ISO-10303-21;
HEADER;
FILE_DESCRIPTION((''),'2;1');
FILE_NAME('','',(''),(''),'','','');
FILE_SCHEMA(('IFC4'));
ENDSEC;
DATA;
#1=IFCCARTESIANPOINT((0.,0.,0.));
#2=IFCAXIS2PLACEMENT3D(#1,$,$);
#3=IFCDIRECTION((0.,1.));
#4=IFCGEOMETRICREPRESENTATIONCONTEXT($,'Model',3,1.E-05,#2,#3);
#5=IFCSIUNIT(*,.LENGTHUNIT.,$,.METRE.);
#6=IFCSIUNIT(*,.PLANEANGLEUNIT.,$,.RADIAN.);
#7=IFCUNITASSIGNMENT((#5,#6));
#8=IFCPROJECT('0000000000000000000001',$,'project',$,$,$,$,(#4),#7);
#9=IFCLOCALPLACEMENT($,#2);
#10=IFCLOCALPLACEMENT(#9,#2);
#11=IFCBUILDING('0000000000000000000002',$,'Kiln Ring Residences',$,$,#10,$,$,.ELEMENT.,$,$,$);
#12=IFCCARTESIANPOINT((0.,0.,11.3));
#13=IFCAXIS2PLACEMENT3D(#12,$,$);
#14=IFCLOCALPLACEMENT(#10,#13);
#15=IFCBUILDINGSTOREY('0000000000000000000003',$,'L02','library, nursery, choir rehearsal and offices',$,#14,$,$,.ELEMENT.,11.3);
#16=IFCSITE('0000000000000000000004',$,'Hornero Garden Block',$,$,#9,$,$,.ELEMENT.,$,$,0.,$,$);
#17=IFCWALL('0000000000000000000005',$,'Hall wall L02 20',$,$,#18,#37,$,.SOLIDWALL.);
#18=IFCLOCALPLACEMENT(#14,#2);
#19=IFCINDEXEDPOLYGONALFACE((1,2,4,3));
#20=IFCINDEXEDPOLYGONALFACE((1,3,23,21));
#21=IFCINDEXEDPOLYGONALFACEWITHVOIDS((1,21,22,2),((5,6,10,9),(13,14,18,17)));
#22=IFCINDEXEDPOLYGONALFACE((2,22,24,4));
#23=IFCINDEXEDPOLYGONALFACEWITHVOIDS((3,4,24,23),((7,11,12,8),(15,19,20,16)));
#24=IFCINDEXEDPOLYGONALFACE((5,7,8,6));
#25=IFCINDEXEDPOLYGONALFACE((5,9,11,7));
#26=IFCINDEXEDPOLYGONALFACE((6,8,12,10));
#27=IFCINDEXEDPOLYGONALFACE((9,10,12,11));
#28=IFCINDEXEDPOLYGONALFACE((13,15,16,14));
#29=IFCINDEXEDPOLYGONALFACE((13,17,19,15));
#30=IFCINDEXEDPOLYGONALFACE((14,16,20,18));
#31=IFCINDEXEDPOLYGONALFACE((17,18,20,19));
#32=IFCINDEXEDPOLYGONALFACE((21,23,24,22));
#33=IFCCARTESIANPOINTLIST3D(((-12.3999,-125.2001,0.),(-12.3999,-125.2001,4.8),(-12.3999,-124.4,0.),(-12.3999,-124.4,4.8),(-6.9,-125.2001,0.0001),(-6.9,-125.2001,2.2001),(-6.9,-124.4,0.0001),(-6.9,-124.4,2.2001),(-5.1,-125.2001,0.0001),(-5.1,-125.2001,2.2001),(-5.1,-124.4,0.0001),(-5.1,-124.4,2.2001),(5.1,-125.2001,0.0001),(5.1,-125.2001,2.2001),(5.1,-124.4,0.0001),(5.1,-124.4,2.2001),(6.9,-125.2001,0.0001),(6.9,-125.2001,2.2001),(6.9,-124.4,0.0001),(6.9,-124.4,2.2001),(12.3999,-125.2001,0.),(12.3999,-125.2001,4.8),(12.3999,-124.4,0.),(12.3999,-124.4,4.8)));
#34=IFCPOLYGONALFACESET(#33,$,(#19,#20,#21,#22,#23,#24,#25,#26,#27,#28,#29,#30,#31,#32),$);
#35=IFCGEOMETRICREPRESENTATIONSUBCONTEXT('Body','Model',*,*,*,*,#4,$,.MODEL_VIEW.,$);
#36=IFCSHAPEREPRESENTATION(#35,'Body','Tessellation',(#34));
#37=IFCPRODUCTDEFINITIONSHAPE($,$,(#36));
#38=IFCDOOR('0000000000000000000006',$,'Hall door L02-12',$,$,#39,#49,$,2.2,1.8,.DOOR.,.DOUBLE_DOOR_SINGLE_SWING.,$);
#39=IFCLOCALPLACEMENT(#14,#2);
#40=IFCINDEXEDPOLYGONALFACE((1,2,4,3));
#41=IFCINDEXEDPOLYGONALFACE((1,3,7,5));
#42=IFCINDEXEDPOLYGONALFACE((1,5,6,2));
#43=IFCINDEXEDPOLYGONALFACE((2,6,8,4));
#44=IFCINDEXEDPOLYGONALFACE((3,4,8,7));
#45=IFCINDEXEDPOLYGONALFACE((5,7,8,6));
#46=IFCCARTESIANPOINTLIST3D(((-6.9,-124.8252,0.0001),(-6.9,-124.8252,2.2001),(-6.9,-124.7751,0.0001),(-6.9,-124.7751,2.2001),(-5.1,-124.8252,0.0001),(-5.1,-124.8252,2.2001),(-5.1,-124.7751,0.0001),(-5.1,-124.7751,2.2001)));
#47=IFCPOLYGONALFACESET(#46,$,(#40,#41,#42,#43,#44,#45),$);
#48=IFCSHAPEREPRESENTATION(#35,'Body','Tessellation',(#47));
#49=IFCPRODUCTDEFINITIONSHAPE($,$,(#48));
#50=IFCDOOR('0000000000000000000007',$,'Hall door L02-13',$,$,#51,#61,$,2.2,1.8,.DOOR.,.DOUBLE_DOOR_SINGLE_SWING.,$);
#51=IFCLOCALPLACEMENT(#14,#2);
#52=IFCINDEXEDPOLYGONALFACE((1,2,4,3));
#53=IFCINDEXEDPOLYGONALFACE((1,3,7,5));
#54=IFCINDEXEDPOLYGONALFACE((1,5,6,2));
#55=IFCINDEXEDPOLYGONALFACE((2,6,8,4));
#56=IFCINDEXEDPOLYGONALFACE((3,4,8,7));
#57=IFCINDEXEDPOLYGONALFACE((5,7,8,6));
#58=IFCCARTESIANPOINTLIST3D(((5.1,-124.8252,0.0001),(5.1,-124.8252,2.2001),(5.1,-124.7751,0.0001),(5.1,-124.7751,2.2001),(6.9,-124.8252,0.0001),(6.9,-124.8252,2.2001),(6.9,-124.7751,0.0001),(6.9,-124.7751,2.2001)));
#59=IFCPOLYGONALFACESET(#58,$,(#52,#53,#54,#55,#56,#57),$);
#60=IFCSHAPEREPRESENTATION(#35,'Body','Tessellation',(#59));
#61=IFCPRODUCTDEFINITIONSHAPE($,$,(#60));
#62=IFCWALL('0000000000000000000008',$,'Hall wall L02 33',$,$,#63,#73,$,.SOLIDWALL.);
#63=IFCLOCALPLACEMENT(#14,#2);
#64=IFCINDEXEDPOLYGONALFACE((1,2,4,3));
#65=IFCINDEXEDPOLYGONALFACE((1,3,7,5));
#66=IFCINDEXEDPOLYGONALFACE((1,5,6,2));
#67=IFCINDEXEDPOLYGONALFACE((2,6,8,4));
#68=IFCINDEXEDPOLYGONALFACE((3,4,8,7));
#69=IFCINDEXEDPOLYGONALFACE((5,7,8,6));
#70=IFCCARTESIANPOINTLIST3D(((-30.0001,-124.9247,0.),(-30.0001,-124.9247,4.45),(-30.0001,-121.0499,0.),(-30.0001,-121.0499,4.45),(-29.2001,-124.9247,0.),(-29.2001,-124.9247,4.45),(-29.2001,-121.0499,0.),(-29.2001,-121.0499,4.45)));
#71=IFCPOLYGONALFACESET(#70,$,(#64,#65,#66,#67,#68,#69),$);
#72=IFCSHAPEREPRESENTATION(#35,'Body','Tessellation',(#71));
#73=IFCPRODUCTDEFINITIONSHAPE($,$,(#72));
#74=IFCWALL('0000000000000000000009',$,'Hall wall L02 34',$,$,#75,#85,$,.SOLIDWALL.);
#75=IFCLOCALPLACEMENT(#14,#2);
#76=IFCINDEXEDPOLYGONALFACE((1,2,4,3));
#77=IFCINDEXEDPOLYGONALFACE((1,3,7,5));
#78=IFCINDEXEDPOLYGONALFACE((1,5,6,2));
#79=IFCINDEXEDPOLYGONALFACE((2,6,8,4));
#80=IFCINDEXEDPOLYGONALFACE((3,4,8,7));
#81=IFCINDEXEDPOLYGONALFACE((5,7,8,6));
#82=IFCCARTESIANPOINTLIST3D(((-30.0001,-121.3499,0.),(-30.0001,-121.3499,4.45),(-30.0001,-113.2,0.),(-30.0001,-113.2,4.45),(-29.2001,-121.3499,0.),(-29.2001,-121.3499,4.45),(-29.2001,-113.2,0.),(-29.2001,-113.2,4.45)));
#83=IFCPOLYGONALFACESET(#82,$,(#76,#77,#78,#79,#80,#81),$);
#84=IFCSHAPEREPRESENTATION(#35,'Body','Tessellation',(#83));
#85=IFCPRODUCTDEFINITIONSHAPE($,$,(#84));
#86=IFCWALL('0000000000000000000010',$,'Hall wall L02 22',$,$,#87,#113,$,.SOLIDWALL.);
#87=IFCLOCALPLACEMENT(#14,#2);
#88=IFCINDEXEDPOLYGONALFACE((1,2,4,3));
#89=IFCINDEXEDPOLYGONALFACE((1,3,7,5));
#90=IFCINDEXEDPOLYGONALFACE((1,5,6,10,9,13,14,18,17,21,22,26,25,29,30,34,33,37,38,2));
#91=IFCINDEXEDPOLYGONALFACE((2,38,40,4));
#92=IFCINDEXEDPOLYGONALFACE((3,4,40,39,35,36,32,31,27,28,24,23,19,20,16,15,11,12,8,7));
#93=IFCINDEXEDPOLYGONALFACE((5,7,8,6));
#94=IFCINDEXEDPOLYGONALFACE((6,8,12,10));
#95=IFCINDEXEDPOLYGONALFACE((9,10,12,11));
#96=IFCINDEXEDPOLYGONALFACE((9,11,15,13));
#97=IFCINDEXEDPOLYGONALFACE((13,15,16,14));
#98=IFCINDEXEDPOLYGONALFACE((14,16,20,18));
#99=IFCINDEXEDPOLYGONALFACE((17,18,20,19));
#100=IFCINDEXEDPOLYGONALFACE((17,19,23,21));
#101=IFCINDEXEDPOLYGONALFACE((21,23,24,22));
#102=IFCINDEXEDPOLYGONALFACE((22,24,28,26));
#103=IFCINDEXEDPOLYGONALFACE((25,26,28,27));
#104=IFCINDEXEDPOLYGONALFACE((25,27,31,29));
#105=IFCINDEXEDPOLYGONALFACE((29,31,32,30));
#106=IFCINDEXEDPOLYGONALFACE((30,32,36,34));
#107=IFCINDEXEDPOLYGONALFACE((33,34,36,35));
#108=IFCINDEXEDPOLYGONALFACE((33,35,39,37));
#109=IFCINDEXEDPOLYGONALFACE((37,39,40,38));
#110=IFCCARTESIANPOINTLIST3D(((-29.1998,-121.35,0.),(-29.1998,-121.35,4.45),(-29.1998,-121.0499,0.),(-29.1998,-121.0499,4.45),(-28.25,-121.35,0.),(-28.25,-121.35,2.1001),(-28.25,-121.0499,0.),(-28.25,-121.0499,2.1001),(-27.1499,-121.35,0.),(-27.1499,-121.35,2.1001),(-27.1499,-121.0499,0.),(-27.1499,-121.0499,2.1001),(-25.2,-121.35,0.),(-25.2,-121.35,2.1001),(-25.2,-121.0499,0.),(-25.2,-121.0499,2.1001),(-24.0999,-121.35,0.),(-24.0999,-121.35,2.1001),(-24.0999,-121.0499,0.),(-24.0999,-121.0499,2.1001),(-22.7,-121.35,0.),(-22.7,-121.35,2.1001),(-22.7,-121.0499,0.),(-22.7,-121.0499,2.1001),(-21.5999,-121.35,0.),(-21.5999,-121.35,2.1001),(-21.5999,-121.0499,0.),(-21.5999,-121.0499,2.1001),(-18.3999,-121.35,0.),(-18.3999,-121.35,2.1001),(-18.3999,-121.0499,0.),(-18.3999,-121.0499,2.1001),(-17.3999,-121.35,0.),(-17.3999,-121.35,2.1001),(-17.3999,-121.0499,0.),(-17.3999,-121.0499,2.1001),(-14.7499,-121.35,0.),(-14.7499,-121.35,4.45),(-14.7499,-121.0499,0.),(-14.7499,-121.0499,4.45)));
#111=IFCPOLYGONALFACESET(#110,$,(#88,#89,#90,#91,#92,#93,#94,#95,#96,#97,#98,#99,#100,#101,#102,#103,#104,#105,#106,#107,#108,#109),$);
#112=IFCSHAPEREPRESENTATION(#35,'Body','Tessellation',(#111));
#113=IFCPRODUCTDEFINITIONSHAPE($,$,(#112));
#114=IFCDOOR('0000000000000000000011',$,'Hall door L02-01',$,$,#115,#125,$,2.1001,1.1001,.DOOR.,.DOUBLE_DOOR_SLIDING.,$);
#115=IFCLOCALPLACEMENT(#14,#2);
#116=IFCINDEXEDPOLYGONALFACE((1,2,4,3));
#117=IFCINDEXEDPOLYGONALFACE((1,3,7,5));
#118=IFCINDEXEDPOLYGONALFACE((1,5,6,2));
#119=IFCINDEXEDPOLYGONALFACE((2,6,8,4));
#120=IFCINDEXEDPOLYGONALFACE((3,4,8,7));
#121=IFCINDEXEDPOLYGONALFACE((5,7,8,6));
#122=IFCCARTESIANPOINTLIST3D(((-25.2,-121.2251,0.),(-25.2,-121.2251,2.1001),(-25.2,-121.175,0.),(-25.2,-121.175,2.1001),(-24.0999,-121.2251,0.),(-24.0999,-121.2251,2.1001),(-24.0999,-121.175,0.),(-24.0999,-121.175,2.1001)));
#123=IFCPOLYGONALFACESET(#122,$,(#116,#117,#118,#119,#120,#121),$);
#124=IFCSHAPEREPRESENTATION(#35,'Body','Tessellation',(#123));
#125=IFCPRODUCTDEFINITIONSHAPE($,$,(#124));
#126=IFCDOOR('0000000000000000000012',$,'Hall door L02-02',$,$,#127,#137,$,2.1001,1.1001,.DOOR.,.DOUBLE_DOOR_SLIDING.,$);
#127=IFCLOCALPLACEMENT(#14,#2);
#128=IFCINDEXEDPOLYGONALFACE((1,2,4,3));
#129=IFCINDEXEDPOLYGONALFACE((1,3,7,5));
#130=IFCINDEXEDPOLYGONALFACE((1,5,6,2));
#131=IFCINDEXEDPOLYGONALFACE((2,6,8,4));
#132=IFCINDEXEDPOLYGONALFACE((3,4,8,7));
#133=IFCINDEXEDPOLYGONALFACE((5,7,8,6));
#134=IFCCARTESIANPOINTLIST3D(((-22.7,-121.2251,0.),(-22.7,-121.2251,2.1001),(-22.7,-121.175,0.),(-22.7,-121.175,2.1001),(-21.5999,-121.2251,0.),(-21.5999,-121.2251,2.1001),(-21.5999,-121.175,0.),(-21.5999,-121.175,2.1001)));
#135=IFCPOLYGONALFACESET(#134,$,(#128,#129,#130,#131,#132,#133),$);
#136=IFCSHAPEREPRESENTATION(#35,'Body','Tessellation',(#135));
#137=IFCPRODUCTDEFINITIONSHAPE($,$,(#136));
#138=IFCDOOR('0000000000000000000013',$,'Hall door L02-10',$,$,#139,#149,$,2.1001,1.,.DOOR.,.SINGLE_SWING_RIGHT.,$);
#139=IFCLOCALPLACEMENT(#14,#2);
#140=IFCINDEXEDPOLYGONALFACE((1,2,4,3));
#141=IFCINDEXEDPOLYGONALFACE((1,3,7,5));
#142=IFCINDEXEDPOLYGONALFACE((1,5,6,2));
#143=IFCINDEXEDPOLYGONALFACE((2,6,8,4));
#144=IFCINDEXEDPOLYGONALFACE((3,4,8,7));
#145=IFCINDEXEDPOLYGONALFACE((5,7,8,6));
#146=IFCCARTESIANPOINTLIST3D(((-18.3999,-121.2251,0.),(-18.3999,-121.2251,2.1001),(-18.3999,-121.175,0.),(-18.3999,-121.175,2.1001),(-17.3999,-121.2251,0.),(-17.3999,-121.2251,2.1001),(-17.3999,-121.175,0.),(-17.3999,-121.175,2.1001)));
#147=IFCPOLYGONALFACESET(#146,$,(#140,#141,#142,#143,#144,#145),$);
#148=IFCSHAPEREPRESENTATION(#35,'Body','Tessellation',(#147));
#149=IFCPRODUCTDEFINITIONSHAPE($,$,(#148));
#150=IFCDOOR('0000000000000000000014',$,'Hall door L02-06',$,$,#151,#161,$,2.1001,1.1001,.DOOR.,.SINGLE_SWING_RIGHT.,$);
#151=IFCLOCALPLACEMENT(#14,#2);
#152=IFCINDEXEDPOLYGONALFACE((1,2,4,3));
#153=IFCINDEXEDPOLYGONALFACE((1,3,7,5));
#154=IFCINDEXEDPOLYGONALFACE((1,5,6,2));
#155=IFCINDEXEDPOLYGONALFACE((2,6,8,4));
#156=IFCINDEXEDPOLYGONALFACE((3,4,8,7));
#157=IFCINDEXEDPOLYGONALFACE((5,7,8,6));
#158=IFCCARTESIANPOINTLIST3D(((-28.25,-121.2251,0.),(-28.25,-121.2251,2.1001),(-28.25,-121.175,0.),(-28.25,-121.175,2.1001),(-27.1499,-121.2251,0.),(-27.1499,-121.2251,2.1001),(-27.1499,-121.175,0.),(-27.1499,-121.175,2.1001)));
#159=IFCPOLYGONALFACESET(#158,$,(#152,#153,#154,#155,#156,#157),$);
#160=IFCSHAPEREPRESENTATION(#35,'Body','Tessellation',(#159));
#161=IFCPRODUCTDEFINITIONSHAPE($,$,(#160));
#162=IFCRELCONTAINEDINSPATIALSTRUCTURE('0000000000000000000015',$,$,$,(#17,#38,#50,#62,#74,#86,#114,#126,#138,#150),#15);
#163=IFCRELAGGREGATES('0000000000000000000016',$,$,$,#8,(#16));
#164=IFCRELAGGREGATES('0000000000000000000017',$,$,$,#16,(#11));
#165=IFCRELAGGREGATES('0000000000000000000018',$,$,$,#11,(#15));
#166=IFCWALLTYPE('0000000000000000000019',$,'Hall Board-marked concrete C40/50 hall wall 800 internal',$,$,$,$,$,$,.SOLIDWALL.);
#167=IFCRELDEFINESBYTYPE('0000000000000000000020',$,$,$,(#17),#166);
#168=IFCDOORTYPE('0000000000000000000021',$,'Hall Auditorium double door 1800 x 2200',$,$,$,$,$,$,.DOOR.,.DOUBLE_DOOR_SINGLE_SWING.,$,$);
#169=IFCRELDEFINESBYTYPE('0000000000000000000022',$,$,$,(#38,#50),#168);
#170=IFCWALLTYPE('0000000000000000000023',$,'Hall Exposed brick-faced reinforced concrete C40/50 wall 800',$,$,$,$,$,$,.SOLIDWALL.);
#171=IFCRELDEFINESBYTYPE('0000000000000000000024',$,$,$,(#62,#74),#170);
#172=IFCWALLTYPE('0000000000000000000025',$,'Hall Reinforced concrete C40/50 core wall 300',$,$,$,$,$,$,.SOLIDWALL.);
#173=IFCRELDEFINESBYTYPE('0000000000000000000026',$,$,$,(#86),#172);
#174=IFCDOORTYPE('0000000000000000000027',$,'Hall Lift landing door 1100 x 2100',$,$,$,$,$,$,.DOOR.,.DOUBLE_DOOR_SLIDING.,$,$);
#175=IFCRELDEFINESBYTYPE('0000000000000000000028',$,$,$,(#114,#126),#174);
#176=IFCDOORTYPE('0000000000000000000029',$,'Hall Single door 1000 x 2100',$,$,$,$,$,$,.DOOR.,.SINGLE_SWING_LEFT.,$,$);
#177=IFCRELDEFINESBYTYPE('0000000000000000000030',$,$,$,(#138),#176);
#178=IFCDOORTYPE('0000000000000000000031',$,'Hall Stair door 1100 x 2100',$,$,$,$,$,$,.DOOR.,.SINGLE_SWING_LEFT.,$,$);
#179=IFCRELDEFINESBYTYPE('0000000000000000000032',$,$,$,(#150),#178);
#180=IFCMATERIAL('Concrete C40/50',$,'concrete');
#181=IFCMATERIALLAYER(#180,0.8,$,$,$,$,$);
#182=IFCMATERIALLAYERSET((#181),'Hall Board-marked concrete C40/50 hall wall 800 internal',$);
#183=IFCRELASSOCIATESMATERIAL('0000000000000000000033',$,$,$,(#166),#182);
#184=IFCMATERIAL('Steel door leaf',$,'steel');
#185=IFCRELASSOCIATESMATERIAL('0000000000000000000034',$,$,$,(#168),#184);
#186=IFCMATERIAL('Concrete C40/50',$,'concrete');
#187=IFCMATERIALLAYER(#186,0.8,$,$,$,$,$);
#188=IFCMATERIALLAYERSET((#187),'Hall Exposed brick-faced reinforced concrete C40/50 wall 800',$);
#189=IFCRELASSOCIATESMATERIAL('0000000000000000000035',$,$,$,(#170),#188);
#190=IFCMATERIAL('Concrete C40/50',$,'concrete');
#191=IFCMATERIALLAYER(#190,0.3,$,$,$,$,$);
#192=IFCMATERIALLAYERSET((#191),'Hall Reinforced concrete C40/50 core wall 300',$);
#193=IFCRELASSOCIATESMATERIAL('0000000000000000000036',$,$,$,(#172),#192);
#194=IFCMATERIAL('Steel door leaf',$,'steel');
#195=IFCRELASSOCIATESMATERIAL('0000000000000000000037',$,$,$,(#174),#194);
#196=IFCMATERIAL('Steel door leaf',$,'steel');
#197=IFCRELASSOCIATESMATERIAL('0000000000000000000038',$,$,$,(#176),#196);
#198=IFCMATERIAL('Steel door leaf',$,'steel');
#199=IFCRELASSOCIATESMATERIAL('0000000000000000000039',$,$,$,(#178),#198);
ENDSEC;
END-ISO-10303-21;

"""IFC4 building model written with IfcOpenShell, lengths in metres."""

from ifc_helpers import new_model, si_unit, direction, frame, frame_2d, origin, place, context, subcontext, project, spatial, rectangle, extrude, material, layer, layer_set, type_object, element, fill, save


model = new_model("IFC4")

# Units and contexts
model_context = context("Model", 3, precision=1e-05, world=origin(), true_north=direction((0.0, 1.0)))
body_context = subcontext(model_context, "Body", "Model", "MODEL_VIEW")
ifc_project = project(units=[si_unit("LENGTHUNIT", "METRE"), si_unit("PLANEANGLEUNIT", "RADIAN")], contexts=[model_context])

# Site, building, storey
site_placement = place(None, origin())
site = spatial("IfcSite", under=ifc_project, at=site_placement, Name="Hornero Garden Block", CompositionType="ELEMENT", RefElevation=0.0)
building_placement = place(site_placement, origin())
building = spatial("IfcBuilding", under=site, at=building_placement, Name="Kiln Ring Residences", CompositionType="ELEMENT")
storey_placement = place(building_placement, frame((0.0, 0.0, 11.3)))
storey = spatial("IfcBuildingStorey", under=building, at=storey_placement, Name="L02", Description="library, nursery, choir rehearsal and offices", CompositionType="ELEMENT", Elevation=11.3)

# Wall, openings, doors
ifc_material_1 = material(Name="Concrete C40/50", Category="concrete")
ifc_layer_1 = layer(ifc_material_1, 0.8)
ifc_layer_set_1 = layer_set([ifc_layer_1], Name="Hall Board-marked concrete C40/50 hall wall 800 internal")
wall_type_1 = type_object("IfcWallType", Name="Hall Board-marked concrete C40/50 hall wall 800 internal", PredefinedType="SOLIDWALL", material=ifc_layer_set_1)
wall_1_placement = place(storey_placement, frame((-12.3999, -124.8, 0.0), z_axis=(0.0, 0.0, 1.0), x_axis=(1.0, 0.0, 0.0)))
wall_1 = element("IfcWall", 1, at=wall_1_placement, inside=storey, type_object=wall_type_1, Name="Hall wall L02 20", PredefinedType="SOLIDWALL", context=body_context, shape_type="SweptSolid", body=[
    extrude(rectangle(XDim=24.7998, YDim=0.8, at=frame_2d((12.3999, 0.0))), origin(), (0.0, 0.0, 1.0), 4.8),
])
opening_1_placement = place(wall_1_placement, frame((5.5, 0.0, 0.0)))
opening_1 = element("IfcOpeningElement", 2, at=opening_1_placement, cuts=wall_1, PredefinedType="OPENING", context=body_context, shape_type="SweptSolid", body=[
    extrude(rectangle(XDim=1.8, YDim=2.2, at=frame_2d((0.8999, 1.1001))), frame((0.0, 0.4099, 0.0), z_axis=(0.0, -1.0, 0.0), x_axis=(1.0, 0.0, 0.0)), (0.0, 0.0, 1.0), 0.8201),
])
opening_2_placement = place(wall_1_placement, frame((17.5, 0.0, 0.0)))
opening_2 = element("IfcOpeningElement", 3, at=opening_2_placement, cuts=wall_1, PredefinedType="OPENING", context=body_context, shape_type="SweptSolid", body=[
    extrude(rectangle(XDim=1.8, YDim=2.2, at=frame_2d((0.8999, 1.1001))), frame((0.0, 0.4099, 0.0), z_axis=(0.0, -1.0, 0.0), x_axis=(1.0, 0.0, 0.0)), (0.0, 0.0, 1.0), 0.8201),
])
ifc_material_2 = material(Name="Steel door leaf", Category="steel")
door_type_1 = type_object("IfcDoorType", Name="Hall Auditorium double door 1800 x 2200", OperationType="DOUBLE_DOOR_SINGLE_SWING", PredefinedType="DOOR", material=ifc_material_2)
door_1_placement = place(opening_1_placement, origin())
door_1 = element("IfcDoor", 4, at=door_1_placement, inside=storey, type_object=door_type_1, Name="Hall door L02-12", OperationType="DOUBLE_DOOR_SINGLE_SWING", OverallHeight=2.2, OverallWidth=1.8, PredefinedType="DOOR", context=body_context, shape_type="SweptSolid", body=[
    extrude(rectangle(XDim=1.8, YDim=2.2, at=frame_2d((0.8999, 1.1001))), frame((0.0, 0.0249, 0.0), z_axis=(0.0, -1.0, 0.0), x_axis=(1.0, 0.0, 0.0)), (0.0, 0.0, 1.0), 0.05),
])
fill(opening_1, door_1)
door_2_placement = place(opening_2_placement, origin())
door_2 = element("IfcDoor", 5, at=door_2_placement, inside=storey, type_object=door_type_1, Name="Hall door L02-13", OperationType="DOUBLE_DOOR_SINGLE_SWING", OverallHeight=2.2, OverallWidth=1.8, PredefinedType="DOOR", context=body_context, shape_type="SweptSolid", body=[
    extrude(rectangle(XDim=1.8, YDim=2.2, at=frame_2d((0.8999, 1.1001))), frame((0.0, 0.0249, 0.0), z_axis=(0.0, -1.0, 0.0), x_axis=(1.0, 0.0, 0.0)), (0.0, 0.0, 1.0), 0.05),
])
fill(opening_2, door_2)

# Walls
ifc_material_3 = material(Name="Concrete C40/50", Category="concrete")
ifc_layer_2 = layer(ifc_material_3, 0.8)
ifc_layer_set_2 = layer_set([ifc_layer_2], Name="Hall Exposed brick-faced reinforced concrete C40/50 wall 800")
wall_type_2 = type_object("IfcWallType", Name="Hall Exposed brick-faced reinforced concrete C40/50 wall 800", PredefinedType="SOLIDWALL", material=ifc_layer_set_2)
wall_2_placement = place(storey_placement, frame((-29.6001, -124.9248, 0.0), z_axis=(0.0, 0.0, 1.0), x_axis=(0.0, 1.0, 0.0)))
element("IfcWall", 6, at=wall_2_placement, inside=storey, type_object=wall_type_2, Name="Hall wall L02 33", PredefinedType="SOLIDWALL", context=body_context, shape_type="SweptSolid", body=[
    extrude(rectangle(XDim=3.8748, YDim=0.8, at=frame_2d((1.9375, 0.0))), origin(), (0.0, 0.0, 1.0), 4.45),
])
wall_3_placement = place(storey_placement, frame((-29.6001, -121.3499, 0.0), z_axis=(0.0, 0.0, 1.0), x_axis=(0.0, 1.0, 0.0)))
element("IfcWall", 7, at=wall_3_placement, inside=storey, type_object=wall_type_2, Name="Hall wall L02 34", PredefinedType="SOLIDWALL", context=body_context, shape_type="SweptSolid", body=[
    extrude(rectangle(XDim=8.1499, YDim=0.8, at=frame_2d((4.075, 0.0))), origin(), (0.0, 0.0, 1.0), 4.45),
])

# Wall, openings, doors
ifc_material_4 = material(Name="Concrete C40/50", Category="concrete")
ifc_layer_3 = layer(ifc_material_4, 0.3)
ifc_layer_set_3 = layer_set([ifc_layer_3], Name="Hall Reinforced concrete C40/50 core wall 300")
wall_type_3 = type_object("IfcWallType", Name="Hall Reinforced concrete C40/50 core wall 300", PredefinedType="SOLIDWALL", material=ifc_layer_set_3)
wall_4_placement = place(storey_placement, frame((-29.2, -121.2, 0.0), z_axis=(0.0, 0.0, 1.0), x_axis=(1.0, 0.0, 0.0)))
wall_4 = element("IfcWall", 8, at=wall_4_placement, inside=storey, type_object=wall_type_3, Name="Hall wall L02 22", PredefinedType="SOLIDWALL", context=body_context, shape_type="SweptSolid", body=[
    extrude(rectangle(XDim=14.45, YDim=0.3, at=frame_2d((7.2251, 0.0))), origin(), (0.0, 0.0, 1.0), 4.45),
])
opening_3_placement = place(wall_4_placement, frame((4.0, 0.0, 0.0)))
opening_3 = element("IfcOpeningElement", 9, at=opening_3_placement, cuts=wall_4, PredefinedType="OPENING", context=body_context, shape_type="SweptSolid", body=[
    extrude(rectangle(XDim=1.1001, YDim=2.1001, at=frame_2d((0.55, 1.05))), frame((0.0, 0.1599, 0.0), z_axis=(0.0, -1.0, 0.0), x_axis=(1.0, 0.0, 0.0)), (0.0, 0.0, 1.0), 0.3201),
])
opening_4_placement = place(wall_4_placement, frame((6.5, 0.0, 0.0)))
opening_4 = element("IfcOpeningElement", 10, at=opening_4_placement, cuts=wall_4, PredefinedType="OPENING", context=body_context, shape_type="SweptSolid", body=[
    extrude(rectangle(XDim=1.1001, YDim=2.1001, at=frame_2d((0.55, 1.05))), frame((0.0, 0.1599, 0.0), z_axis=(0.0, -1.0, 0.0), x_axis=(1.0, 0.0, 0.0)), (0.0, 0.0, 1.0), 0.3201),
])
opening_5_placement = place(wall_4_placement, frame((0.95, 0.0, 0.0)))
opening_5 = element("IfcOpeningElement", 11, at=opening_5_placement, cuts=wall_4, PredefinedType="OPENING", context=body_context, shape_type="SweptSolid", body=[
    extrude(rectangle(XDim=1.1001, YDim=2.1001, at=frame_2d((0.55, 1.05))), frame((0.0, 0.1599, 0.0), z_axis=(0.0, -1.0, 0.0), x_axis=(1.0, 0.0, 0.0)), (0.0, 0.0, 1.0), 0.3201),
])
opening_6_placement = place(wall_4_placement, frame((10.8, 0.0, 0.0)))
opening_6 = element("IfcOpeningElement", 12, at=opening_6_placement, cuts=wall_4, PredefinedType="OPENING", context=body_context, shape_type="SweptSolid", body=[
    extrude(rectangle(XDim=1.0, YDim=2.1001, at=frame_2d((0.5, 1.05))), frame((0.0, 0.1599, 0.0), z_axis=(0.0, -1.0, 0.0), x_axis=(1.0, 0.0, 0.0)), (0.0, 0.0, 1.0), 0.3201),
])
ifc_material_5 = material(Name="Steel door leaf", Category="steel")
door_type_2 = type_object("IfcDoorType", Name="Hall Lift landing door 1100 x 2100", OperationType="DOUBLE_DOOR_SLIDING", PredefinedType="DOOR", material=ifc_material_5)
door_3_placement = place(opening_3_placement, origin())
door_3 = element("IfcDoor", 13, at=door_3_placement, inside=storey, type_object=door_type_2, Name="Hall door L02-01", OperationType="DOUBLE_DOOR_SLIDING", OverallHeight=2.1001, OverallWidth=1.1001, PredefinedType="DOOR", context=body_context, shape_type="SweptSolid", body=[
    extrude(rectangle(XDim=1.1001, YDim=2.1001, at=frame_2d((0.55, 1.05))), frame((0.0, 0.0249, 0.0), z_axis=(0.0, -1.0, 0.0), x_axis=(1.0, 0.0, 0.0)), (0.0, 0.0, 1.0), 0.05),
])
fill(opening_3, door_3)
door_4_placement = place(opening_4_placement, origin())
door_4 = element("IfcDoor", 14, at=door_4_placement, inside=storey, type_object=door_type_2, Name="Hall door L02-02", OperationType="DOUBLE_DOOR_SLIDING", OverallHeight=2.1001, OverallWidth=1.1001, PredefinedType="DOOR", context=body_context, shape_type="SweptSolid", body=[
    extrude(rectangle(XDim=1.1001, YDim=2.1001, at=frame_2d((0.55, 1.05))), frame((0.0, 0.0249, 0.0), z_axis=(0.0, -1.0, 0.0), x_axis=(1.0, 0.0, 0.0)), (0.0, 0.0, 1.0), 0.05),
])
fill(opening_4, door_4)
ifc_material_6 = material(Name="Steel door leaf", Category="steel")
door_type_3 = type_object("IfcDoorType", Name="Hall Single door 1000 x 2100", OperationType="SINGLE_SWING_LEFT", PredefinedType="DOOR", material=ifc_material_6)
door_5_placement = place(opening_6_placement, origin())
door_5 = element("IfcDoor", 15, at=door_5_placement, inside=storey, type_object=door_type_3, Name="Hall door L02-10", OperationType="SINGLE_SWING_RIGHT", OverallHeight=2.1001, OverallWidth=1.0, PredefinedType="DOOR", context=body_context, shape_type="SweptSolid", body=[
    extrude(rectangle(XDim=1.0, YDim=2.1001, at=frame_2d((0.5, 1.05))), frame((0.0, 0.0249, 0.0), z_axis=(0.0, -1.0, 0.0), x_axis=(1.0, 0.0, 0.0)), (0.0, 0.0, 1.0), 0.05),
])
fill(opening_6, door_5)
ifc_material_7 = material(Name="Steel door leaf", Category="steel")
door_type_4 = type_object("IfcDoorType", Name="Hall Stair door 1100 x 2100", OperationType="SINGLE_SWING_LEFT", PredefinedType="DOOR", material=ifc_material_7)
door_6_placement = place(opening_5_placement, origin())
door_6 = element("IfcDoor", 16, at=door_6_placement, inside=storey, type_object=door_type_4, Name="Hall door L02-06", OperationType="SINGLE_SWING_RIGHT", OverallHeight=2.1001, OverallWidth=1.1001, PredefinedType="DOOR", context=body_context, shape_type="SweptSolid", body=[
    extrude(rectangle(XDim=1.1001, YDim=2.1001, at=frame_2d((0.55, 1.05))), frame((0.0, 0.0249, 0.0), z_axis=(0.0, -1.0, 0.0), x_axis=(1.0, 0.0, 0.0)), (0.0, 0.0, 1.0), 0.05),
])
fill(opening_5, door_6)

save(model, "model.ifc")
